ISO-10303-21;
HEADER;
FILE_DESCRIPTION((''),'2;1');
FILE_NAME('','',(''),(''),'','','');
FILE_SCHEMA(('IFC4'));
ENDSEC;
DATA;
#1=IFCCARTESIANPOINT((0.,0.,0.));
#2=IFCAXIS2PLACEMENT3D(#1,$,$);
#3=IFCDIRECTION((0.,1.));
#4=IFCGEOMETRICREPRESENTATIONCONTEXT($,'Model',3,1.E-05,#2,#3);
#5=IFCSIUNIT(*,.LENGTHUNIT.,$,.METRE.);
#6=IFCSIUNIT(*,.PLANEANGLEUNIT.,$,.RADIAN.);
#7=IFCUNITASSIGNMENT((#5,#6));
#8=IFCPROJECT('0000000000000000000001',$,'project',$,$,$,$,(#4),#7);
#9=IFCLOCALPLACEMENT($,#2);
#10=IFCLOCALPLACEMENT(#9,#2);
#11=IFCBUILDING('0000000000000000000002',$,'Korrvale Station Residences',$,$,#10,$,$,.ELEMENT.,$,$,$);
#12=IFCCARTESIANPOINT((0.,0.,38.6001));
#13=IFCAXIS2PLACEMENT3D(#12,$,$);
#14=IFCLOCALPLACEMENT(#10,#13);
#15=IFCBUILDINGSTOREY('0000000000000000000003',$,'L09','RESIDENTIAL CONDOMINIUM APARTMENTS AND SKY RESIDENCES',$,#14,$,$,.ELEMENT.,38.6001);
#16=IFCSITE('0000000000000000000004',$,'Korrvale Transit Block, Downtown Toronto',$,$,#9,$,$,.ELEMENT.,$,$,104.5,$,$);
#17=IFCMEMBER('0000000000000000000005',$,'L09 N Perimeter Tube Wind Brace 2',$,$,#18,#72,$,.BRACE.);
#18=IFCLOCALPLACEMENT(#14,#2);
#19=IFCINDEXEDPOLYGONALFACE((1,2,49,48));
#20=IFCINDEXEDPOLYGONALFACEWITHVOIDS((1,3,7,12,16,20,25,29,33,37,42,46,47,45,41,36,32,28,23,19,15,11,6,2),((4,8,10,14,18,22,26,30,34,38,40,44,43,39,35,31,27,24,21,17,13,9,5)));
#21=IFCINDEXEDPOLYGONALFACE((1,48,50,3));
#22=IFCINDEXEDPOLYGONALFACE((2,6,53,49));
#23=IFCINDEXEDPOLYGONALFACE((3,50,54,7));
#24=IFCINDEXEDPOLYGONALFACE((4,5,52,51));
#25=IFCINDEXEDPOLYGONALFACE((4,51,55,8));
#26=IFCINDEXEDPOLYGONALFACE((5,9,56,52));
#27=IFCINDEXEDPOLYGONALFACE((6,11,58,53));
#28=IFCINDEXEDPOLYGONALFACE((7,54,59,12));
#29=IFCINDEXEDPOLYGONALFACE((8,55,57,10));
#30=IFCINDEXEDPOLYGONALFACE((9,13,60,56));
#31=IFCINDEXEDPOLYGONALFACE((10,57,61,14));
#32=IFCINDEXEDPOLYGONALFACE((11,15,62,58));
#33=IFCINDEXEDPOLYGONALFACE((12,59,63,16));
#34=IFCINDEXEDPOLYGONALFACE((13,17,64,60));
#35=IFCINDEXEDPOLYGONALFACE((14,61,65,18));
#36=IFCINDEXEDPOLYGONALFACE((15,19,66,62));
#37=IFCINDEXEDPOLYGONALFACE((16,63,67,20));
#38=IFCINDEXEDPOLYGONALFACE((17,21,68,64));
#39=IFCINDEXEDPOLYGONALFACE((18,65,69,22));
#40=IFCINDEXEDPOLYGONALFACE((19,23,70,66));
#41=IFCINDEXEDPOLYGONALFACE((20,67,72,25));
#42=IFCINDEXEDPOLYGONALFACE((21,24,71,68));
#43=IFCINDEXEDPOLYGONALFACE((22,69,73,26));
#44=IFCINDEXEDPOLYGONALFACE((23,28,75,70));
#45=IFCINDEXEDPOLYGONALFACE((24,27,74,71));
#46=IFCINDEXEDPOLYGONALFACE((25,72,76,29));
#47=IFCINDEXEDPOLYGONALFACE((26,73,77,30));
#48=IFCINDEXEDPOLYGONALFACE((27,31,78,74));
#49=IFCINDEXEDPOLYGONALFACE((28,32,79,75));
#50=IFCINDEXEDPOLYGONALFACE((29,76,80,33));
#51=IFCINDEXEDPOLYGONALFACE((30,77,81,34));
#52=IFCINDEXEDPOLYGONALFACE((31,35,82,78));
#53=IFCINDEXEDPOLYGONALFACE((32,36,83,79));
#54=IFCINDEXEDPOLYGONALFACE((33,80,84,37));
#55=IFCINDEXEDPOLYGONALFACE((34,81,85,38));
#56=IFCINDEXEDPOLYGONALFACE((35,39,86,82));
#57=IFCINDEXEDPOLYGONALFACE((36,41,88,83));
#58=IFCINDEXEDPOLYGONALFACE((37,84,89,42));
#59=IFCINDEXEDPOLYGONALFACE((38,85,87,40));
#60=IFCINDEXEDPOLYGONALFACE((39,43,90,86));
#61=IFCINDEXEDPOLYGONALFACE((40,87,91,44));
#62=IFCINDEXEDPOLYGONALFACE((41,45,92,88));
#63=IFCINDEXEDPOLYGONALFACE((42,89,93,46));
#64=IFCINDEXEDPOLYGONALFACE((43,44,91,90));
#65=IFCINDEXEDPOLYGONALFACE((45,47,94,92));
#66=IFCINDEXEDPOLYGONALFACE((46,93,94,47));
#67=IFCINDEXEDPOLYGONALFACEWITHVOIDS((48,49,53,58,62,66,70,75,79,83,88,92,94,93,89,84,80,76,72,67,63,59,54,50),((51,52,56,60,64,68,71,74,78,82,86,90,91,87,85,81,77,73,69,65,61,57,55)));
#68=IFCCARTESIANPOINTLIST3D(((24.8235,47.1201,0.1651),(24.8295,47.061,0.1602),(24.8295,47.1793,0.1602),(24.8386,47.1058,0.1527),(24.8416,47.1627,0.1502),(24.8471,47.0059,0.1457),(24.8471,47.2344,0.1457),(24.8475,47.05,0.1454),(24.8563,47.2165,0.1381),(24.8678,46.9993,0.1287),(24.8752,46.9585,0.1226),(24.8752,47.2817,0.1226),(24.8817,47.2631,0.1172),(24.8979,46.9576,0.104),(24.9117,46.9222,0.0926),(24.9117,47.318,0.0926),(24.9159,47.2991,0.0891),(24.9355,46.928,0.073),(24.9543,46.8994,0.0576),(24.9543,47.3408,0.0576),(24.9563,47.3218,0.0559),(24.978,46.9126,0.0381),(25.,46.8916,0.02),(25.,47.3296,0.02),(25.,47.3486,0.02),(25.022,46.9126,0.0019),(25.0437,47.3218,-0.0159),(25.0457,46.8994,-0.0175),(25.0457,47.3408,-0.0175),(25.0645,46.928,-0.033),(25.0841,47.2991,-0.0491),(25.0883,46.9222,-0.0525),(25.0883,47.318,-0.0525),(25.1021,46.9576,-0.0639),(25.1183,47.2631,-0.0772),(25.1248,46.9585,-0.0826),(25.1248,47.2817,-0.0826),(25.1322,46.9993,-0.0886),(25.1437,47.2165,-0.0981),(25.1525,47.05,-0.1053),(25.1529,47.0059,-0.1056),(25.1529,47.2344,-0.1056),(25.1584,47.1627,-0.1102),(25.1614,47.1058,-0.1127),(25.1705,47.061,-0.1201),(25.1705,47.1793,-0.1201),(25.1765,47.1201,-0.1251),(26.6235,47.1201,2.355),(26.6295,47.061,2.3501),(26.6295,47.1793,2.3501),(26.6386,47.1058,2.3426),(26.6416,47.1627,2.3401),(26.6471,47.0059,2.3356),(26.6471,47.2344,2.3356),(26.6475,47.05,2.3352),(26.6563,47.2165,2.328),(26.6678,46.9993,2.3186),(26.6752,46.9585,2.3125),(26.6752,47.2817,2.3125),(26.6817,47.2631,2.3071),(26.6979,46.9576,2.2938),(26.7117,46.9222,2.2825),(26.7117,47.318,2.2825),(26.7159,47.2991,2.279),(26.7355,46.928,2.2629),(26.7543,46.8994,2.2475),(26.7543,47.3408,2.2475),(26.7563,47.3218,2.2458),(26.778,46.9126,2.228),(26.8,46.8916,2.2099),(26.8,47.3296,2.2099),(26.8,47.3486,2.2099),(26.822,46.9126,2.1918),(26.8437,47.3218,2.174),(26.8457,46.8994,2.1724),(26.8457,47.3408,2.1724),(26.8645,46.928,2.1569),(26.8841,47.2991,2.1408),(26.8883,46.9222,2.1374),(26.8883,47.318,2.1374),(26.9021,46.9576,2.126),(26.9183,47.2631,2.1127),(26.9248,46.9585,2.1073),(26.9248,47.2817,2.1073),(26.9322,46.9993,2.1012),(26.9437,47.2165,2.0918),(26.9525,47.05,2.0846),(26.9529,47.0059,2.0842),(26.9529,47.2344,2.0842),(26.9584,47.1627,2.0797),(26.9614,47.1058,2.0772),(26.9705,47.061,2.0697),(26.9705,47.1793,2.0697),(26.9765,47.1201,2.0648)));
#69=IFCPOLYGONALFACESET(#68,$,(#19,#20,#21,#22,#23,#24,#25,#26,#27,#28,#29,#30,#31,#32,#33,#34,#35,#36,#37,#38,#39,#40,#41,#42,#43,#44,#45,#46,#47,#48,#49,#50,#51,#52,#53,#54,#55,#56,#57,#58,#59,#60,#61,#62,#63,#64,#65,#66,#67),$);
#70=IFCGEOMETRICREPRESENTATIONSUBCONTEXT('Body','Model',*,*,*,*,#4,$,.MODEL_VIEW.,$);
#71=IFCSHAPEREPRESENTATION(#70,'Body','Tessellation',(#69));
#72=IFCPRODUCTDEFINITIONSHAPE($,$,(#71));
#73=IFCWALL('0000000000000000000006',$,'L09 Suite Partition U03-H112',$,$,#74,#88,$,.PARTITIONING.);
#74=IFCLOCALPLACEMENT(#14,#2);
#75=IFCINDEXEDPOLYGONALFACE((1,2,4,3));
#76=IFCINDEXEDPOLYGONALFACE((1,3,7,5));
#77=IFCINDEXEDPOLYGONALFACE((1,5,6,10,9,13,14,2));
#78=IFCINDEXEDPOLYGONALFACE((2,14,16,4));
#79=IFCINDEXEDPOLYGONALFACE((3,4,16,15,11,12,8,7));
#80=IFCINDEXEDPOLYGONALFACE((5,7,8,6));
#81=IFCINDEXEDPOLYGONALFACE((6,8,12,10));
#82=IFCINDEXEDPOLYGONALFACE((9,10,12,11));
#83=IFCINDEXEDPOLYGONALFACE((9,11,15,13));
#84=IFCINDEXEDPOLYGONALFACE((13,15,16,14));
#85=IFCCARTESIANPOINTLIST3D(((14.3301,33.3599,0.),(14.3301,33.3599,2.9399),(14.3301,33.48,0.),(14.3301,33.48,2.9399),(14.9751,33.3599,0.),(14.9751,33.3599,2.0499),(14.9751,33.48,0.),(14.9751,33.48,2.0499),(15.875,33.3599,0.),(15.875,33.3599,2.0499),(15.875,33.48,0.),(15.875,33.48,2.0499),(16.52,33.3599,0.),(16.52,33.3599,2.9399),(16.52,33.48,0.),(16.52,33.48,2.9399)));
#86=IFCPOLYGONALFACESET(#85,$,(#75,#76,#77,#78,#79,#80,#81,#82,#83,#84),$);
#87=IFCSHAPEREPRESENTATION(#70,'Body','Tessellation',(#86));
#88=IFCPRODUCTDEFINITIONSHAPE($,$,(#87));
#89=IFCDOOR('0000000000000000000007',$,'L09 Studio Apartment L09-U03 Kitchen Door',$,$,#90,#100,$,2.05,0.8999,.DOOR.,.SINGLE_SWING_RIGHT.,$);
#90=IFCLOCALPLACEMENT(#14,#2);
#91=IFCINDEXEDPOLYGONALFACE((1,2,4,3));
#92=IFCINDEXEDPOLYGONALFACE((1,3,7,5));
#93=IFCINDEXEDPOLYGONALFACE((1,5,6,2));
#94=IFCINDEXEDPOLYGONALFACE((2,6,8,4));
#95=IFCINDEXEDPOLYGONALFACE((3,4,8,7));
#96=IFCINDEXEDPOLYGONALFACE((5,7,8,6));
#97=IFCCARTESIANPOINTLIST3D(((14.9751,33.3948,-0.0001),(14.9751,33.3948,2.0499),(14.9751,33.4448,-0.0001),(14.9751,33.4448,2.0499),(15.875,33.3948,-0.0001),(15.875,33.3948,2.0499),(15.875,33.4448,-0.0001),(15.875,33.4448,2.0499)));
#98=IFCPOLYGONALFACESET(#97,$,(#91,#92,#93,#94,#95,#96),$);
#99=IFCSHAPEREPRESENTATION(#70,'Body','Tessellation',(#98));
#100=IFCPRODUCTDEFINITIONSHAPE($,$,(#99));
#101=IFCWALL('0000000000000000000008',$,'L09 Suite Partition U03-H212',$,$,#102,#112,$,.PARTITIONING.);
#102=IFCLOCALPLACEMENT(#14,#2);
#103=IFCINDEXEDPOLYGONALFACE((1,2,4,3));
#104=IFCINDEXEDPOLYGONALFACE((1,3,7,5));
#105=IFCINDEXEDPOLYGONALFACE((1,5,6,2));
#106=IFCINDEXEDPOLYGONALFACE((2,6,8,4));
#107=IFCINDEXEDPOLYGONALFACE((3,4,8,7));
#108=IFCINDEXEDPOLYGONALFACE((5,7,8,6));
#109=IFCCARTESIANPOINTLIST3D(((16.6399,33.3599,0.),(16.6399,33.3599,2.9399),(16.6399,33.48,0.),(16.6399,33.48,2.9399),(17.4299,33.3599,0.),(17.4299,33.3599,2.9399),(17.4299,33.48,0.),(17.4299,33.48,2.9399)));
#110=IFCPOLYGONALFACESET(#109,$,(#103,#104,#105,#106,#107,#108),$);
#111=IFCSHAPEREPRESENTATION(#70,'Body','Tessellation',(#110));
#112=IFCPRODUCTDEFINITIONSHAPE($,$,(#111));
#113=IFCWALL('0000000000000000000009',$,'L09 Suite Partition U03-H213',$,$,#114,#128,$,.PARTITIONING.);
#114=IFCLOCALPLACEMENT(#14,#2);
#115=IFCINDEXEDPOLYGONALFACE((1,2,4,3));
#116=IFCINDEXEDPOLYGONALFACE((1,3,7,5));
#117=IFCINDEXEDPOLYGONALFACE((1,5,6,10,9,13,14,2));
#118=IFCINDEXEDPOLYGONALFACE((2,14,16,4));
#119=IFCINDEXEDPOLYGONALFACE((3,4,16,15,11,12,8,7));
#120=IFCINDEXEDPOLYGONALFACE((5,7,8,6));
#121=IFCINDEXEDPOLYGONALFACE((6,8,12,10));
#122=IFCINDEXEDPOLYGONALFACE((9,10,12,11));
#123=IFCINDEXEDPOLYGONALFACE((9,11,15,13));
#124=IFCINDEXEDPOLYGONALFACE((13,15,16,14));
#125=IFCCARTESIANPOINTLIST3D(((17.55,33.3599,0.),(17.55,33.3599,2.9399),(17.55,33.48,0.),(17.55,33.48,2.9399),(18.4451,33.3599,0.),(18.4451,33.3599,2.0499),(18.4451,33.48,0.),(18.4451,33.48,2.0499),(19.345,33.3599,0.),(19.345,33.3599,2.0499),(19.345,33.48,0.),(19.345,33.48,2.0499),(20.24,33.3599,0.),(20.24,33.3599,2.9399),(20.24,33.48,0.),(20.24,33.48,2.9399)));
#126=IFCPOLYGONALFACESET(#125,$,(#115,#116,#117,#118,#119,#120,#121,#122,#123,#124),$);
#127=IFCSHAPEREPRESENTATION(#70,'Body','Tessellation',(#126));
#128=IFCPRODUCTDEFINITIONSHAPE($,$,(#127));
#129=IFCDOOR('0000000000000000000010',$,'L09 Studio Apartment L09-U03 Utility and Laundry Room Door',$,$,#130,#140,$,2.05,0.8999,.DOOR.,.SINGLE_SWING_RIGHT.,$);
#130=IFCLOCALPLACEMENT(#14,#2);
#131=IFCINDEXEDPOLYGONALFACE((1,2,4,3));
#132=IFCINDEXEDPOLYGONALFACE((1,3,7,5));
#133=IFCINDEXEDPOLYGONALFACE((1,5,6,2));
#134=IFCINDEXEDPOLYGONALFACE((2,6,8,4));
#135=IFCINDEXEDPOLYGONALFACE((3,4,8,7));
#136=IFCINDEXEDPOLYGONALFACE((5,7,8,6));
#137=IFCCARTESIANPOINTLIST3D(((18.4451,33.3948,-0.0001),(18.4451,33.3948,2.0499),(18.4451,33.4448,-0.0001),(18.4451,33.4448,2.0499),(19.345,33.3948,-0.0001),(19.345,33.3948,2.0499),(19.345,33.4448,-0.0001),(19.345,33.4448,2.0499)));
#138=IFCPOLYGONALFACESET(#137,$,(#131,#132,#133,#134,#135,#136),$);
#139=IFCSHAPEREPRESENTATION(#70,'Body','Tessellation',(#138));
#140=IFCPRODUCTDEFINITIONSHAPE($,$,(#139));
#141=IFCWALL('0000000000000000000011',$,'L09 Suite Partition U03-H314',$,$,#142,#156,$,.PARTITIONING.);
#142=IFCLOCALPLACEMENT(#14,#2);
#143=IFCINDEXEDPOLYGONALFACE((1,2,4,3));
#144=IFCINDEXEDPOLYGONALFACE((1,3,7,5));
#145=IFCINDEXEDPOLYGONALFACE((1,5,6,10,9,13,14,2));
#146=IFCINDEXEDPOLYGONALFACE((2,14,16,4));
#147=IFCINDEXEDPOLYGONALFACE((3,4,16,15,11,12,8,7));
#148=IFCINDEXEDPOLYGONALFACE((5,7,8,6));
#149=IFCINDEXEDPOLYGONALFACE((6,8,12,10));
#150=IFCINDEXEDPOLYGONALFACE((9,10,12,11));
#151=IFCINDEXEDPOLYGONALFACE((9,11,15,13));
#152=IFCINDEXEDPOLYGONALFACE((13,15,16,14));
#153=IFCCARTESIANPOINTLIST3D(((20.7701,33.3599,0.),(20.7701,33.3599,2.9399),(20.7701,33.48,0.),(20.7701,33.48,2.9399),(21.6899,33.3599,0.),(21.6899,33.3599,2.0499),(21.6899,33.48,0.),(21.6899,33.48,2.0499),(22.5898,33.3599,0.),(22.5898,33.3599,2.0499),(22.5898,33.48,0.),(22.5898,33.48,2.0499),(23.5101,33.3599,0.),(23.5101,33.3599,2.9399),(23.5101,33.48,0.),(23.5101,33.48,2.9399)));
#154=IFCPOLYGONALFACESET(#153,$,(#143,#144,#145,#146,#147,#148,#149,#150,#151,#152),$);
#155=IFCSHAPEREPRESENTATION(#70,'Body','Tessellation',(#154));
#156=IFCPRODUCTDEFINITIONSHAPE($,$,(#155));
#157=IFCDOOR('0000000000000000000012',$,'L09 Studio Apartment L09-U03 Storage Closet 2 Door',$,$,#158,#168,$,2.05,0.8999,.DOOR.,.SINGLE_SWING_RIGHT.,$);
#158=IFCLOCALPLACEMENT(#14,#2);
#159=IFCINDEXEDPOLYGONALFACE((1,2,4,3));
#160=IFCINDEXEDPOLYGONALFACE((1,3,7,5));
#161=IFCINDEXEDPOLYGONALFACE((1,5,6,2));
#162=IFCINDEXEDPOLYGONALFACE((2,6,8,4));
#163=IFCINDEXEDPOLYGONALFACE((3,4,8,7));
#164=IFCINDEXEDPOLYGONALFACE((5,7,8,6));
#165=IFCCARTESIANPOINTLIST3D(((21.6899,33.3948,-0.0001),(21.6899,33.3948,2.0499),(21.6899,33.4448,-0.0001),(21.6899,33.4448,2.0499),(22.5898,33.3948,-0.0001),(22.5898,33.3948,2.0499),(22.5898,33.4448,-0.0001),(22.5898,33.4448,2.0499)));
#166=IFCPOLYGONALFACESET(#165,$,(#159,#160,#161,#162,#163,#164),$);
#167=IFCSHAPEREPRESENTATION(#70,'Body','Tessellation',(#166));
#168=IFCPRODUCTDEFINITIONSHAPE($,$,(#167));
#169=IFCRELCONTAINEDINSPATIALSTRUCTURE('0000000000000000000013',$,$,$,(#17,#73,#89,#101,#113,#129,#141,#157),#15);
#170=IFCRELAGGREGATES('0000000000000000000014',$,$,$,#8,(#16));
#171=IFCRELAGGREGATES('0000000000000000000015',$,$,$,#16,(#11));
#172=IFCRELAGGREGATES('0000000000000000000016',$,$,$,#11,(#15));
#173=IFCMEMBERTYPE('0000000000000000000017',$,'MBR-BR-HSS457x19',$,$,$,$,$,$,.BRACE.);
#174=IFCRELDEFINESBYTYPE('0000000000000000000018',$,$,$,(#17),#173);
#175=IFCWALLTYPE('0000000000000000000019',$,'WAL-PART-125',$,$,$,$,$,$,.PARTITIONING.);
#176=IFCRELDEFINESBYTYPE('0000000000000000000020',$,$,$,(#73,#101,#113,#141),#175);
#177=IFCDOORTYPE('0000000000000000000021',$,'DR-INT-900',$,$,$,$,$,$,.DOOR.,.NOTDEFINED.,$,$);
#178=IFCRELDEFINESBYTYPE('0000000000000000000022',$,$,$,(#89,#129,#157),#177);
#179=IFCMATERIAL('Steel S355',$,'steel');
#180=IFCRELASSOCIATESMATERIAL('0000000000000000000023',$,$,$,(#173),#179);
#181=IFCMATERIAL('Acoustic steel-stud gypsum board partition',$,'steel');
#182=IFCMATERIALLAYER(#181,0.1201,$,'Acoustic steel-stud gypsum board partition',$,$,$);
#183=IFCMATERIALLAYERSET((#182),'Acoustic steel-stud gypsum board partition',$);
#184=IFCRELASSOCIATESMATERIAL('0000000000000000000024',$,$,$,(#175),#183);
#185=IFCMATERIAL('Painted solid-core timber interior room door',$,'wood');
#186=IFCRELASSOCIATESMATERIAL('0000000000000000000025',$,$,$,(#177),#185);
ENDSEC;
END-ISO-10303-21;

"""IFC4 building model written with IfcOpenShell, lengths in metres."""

from ifc_helpers import new_model, si_unit, direction, frame, frame_2d, origin, origin_2d, place, context, subcontext, project, spatial, rectangle, hollow_circle, extrude, material, layer, layer_set, material_profile, profile_set, type_object, element, fill, save


model = new_model("IFC4")

# Units and contexts
model_context = context("Model", 3, precision=1e-05, world=origin(), true_north=direction((0.0, 1.0)))
body_context = subcontext(model_context, "Body", "Model", "MODEL_VIEW")
ifc_project = project(units=[si_unit("LENGTHUNIT", "METRE"), si_unit("PLANEANGLEUNIT", "RADIAN")], contexts=[model_context])

# Site, building, storey
site_placement = place(None, origin())
site = spatial("IfcSite", under=ifc_project, at=site_placement, Name="Korrvale Transit Block, Downtown Toronto", CompositionType="ELEMENT", RefElevation=104.5)
building_placement = place(site_placement, origin())
building = spatial("IfcBuilding", under=site, at=building_placement, Name="Korrvale Station Residences", CompositionType="ELEMENT")
storey_placement = place(building_placement, frame((0.0, 0.0, 38.6001)))
storey = spatial("IfcBuildingStorey", under=building, at=storey_placement, Name="L09", Description="RESIDENTIAL CONDOMINIUM APARTMENTS AND SKY RESIDENCES", CompositionType="ELEMENT", Elevation=38.6001)

# Shared definitions
ifc_material_1 = material(Name="Steel S355", Category="steel")

# Member
ifc_material_profile_1 = material_profile(ifc_material_1, hollow_circle(Radius=0.2285, WallThickness=0.019, at=origin_2d()), Name="HSS457x19")
ifc_profile_set_1 = profile_set([ifc_material_profile_1], Name="Steel S355")
member_type = type_object("IfcMemberType", Name="MBR-BR-HSS457x19", PredefinedType="BRACE", material=ifc_profile_set_1)
for number, where, z_axis, x_axis, name in (
    (1, (25.0, 47.1201, 0.02), (0.634985, 0.0, 0.772524), (0.0, 1.0, 0.0), "L09 N Perimeter Tube Wind Brace 2"),
):
    element("IfcMember", number, at=place(storey_placement, frame(where, z_axis=z_axis, x_axis=x_axis)), inside=storey, type_object=member_type, Name=name, PredefinedType="BRACE", context=body_context, shape_type="SweptSolid", body=[
        extrude(hollow_circle(Radius=0.2285, WallThickness=0.019, at=origin_2d()), origin(), (0.0, 0.0, 1.0), 2.8347),
    ])

# Wall, opening, door
ifc_material_2 = material(Name="Acoustic steel-stud gypsum board partition", Category="steel")
ifc_layer_1 = layer(ifc_material_2, 0.1201, Name="Acoustic steel-stud gypsum board partition")
ifc_layer_set_1 = layer_set([ifc_layer_1], Name="Acoustic steel-stud gypsum board partition")
wall_type = type_object("IfcWallType", Name="WAL-PART-125", PredefinedType="PARTITIONING", material=ifc_layer_set_1)
wall_1_placement = place(storey_placement, frame((14.3301, 33.4199, 0.0), z_axis=(0.0, 0.0, 1.0), x_axis=(1.0, 0.0, 0.0)))
wall_1 = element("IfcWall", 2, at=wall_1_placement, inside=storey, type_object=wall_type, Name="L09 Suite Partition U03-H112", PredefinedType="PARTITIONING", context=body_context, shape_type="SweptSolid", body=[
    extrude(rectangle(XDim=2.1899, YDim=0.1201, at=frame_2d((1.095, 0.0))), origin(), (0.0, 0.0, 1.0), 2.9399),
])
opening_1_placement = place(wall_1_placement, frame((0.645, 0.0, 0.0)))
opening_1 = element("IfcOpeningElement", 3, at=opening_1_placement, cuts=wall_1, PredefinedType="OPENING", context=body_context, shape_type="SweptSolid", body=[
    extrude(rectangle(XDim=0.8999, YDim=2.05, at=frame_2d((0.45, 1.0249))), frame((0.0, 0.0701, 0.0), z_axis=(0.0, -1.0, 0.0), x_axis=(1.0, 0.0, 0.0)), (0.0, 0.0, 1.0), 0.1401),
])
ifc_material_3 = material(Name="Painted solid-core timber interior room door", Category="wood")
door_type = type_object("IfcDoorType", Name="DR-INT-900", OperationType="NOTDEFINED", PredefinedType="DOOR", material=ifc_material_3)
door_1_placement = place(opening_1_placement, origin())
door_1 = element("IfcDoor", 4, at=door_1_placement, inside=storey, type_object=door_type, Name="L09 Studio Apartment L09-U03 Kitchen Door", OperationType="SINGLE_SWING_RIGHT", OverallHeight=2.05, OverallWidth=0.8999, PredefinedType="DOOR", context=body_context, shape_type="SweptSolid", body=[
    extrude(rectangle(XDim=0.8999, YDim=2.05, at=frame_2d((0.45, 1.0249))), frame((0.0, 0.0249, 0.0), z_axis=(0.0, -1.0, 0.0), x_axis=(1.0, 0.0, 0.0)), (0.0, 0.0, 1.0), 0.05),
])
fill(opening_1, door_1)

# Wall
wall_2_placement = place(storey_placement, frame((16.6399, 33.4199, 0.0), z_axis=(0.0, 0.0, 1.0), x_axis=(1.0, 0.0, 0.0)))
element("IfcWall", 5, at=wall_2_placement, inside=storey, type_object=wall_type, Name="L09 Suite Partition U03-H212", PredefinedType="PARTITIONING", context=body_context, shape_type="SweptSolid", body=[
    extrude(rectangle(XDim=0.79, YDim=0.1201, at=frame_2d((0.395, 0.0))), origin(), (0.0, 0.0, 1.0), 2.9399),
])

# Walls, openings, doors
wall_3_placement = place(storey_placement, frame((17.55, 33.4199, 0.0), z_axis=(0.0, 0.0, 1.0), x_axis=(1.0, 0.0, 0.0)))
wall_3 = element("IfcWall", 6, at=wall_3_placement, inside=storey, type_object=wall_type, Name="L09 Suite Partition U03-H213", PredefinedType="PARTITIONING", context=body_context, shape_type="SweptSolid", body=[
    extrude(rectangle(XDim=2.6899, YDim=0.1201, at=frame_2d((1.345, 0.0))), origin(), (0.0, 0.0, 1.0), 2.9399),
])
opening_2_placement = place(wall_3_placement, frame((0.895, 0.0, 0.0)))
opening_2 = element("IfcOpeningElement", 7, at=opening_2_placement, cuts=wall_3, PredefinedType="OPENING", context=body_context, shape_type="SweptSolid", body=[
    extrude(rectangle(XDim=0.8999, YDim=2.05, at=frame_2d((0.45, 1.0249))), frame((0.0, 0.0701, 0.0), z_axis=(0.0, -1.0, 0.0), x_axis=(1.0, 0.0, 0.0)), (0.0, 0.0, 1.0), 0.1401),
])
door_2_placement = place(opening_2_placement, origin())
door_2 = element("IfcDoor", 8, at=door_2_placement, inside=storey, type_object=door_type, Name="L09 Studio Apartment L09-U03 Utility and Laundry Room Door", OperationType="SINGLE_SWING_RIGHT", OverallHeight=2.05, OverallWidth=0.8999, PredefinedType="DOOR", context=body_context, shape_type="SweptSolid", body=[
    extrude(rectangle(XDim=0.8999, YDim=2.05, at=frame_2d((0.45, 1.0249))), frame((0.0, 0.0249, 0.0), z_axis=(0.0, -1.0, 0.0), x_axis=(1.0, 0.0, 0.0)), (0.0, 0.0, 1.0), 0.05),
])
fill(opening_2, door_2)
wall_4_placement = place(storey_placement, frame((20.77, 33.4199, 0.0), z_axis=(0.0, 0.0, 1.0), x_axis=(1.0, 0.0, 0.0)))
wall_4 = element("IfcWall", 9, at=wall_4_placement, inside=storey, type_object=wall_type, Name="L09 Suite Partition U03-H314", PredefinedType="PARTITIONING", context=body_context, shape_type="SweptSolid", body=[
    extrude(rectangle(XDim=2.74, YDim=0.1201, at=frame_2d((1.3701, 0.0))), origin(), (0.0, 0.0, 1.0), 2.9399),
])
opening_3_placement = place(wall_4_placement, frame((0.9199, 0.0, 0.0)))
opening_3 = element("IfcOpeningElement", 10, at=opening_3_placement, cuts=wall_4, PredefinedType="OPENING", context=body_context, shape_type="SweptSolid", body=[
    extrude(rectangle(XDim=0.8999, YDim=2.05, at=frame_2d((0.45, 1.0249))), frame((0.0, 0.0701, 0.0), z_axis=(0.0, -1.0, 0.0), x_axis=(1.0, 0.0, 0.0)), (0.0, 0.0, 1.0), 0.1401),
])
door_3_placement = place(opening_3_placement, origin())
door_3 = element("IfcDoor", 11, at=door_3_placement, inside=storey, type_object=door_type, Name="L09 Studio Apartment L09-U03 Storage Closet 2 Door", OperationType="SINGLE_SWING_RIGHT", OverallHeight=2.05, OverallWidth=0.8999, PredefinedType="DOOR", context=body_context, shape_type="SweptSolid", body=[
    extrude(rectangle(XDim=0.8999, YDim=2.05, at=frame_2d((0.45, 1.0249))), frame((0.0, 0.0249, 0.0), z_axis=(0.0, -1.0, 0.0), x_axis=(1.0, 0.0, 0.0)), (0.0, 0.0, 1.0), 0.05),
])
fill(opening_3, door_3)

save(model, "model.ifc")
